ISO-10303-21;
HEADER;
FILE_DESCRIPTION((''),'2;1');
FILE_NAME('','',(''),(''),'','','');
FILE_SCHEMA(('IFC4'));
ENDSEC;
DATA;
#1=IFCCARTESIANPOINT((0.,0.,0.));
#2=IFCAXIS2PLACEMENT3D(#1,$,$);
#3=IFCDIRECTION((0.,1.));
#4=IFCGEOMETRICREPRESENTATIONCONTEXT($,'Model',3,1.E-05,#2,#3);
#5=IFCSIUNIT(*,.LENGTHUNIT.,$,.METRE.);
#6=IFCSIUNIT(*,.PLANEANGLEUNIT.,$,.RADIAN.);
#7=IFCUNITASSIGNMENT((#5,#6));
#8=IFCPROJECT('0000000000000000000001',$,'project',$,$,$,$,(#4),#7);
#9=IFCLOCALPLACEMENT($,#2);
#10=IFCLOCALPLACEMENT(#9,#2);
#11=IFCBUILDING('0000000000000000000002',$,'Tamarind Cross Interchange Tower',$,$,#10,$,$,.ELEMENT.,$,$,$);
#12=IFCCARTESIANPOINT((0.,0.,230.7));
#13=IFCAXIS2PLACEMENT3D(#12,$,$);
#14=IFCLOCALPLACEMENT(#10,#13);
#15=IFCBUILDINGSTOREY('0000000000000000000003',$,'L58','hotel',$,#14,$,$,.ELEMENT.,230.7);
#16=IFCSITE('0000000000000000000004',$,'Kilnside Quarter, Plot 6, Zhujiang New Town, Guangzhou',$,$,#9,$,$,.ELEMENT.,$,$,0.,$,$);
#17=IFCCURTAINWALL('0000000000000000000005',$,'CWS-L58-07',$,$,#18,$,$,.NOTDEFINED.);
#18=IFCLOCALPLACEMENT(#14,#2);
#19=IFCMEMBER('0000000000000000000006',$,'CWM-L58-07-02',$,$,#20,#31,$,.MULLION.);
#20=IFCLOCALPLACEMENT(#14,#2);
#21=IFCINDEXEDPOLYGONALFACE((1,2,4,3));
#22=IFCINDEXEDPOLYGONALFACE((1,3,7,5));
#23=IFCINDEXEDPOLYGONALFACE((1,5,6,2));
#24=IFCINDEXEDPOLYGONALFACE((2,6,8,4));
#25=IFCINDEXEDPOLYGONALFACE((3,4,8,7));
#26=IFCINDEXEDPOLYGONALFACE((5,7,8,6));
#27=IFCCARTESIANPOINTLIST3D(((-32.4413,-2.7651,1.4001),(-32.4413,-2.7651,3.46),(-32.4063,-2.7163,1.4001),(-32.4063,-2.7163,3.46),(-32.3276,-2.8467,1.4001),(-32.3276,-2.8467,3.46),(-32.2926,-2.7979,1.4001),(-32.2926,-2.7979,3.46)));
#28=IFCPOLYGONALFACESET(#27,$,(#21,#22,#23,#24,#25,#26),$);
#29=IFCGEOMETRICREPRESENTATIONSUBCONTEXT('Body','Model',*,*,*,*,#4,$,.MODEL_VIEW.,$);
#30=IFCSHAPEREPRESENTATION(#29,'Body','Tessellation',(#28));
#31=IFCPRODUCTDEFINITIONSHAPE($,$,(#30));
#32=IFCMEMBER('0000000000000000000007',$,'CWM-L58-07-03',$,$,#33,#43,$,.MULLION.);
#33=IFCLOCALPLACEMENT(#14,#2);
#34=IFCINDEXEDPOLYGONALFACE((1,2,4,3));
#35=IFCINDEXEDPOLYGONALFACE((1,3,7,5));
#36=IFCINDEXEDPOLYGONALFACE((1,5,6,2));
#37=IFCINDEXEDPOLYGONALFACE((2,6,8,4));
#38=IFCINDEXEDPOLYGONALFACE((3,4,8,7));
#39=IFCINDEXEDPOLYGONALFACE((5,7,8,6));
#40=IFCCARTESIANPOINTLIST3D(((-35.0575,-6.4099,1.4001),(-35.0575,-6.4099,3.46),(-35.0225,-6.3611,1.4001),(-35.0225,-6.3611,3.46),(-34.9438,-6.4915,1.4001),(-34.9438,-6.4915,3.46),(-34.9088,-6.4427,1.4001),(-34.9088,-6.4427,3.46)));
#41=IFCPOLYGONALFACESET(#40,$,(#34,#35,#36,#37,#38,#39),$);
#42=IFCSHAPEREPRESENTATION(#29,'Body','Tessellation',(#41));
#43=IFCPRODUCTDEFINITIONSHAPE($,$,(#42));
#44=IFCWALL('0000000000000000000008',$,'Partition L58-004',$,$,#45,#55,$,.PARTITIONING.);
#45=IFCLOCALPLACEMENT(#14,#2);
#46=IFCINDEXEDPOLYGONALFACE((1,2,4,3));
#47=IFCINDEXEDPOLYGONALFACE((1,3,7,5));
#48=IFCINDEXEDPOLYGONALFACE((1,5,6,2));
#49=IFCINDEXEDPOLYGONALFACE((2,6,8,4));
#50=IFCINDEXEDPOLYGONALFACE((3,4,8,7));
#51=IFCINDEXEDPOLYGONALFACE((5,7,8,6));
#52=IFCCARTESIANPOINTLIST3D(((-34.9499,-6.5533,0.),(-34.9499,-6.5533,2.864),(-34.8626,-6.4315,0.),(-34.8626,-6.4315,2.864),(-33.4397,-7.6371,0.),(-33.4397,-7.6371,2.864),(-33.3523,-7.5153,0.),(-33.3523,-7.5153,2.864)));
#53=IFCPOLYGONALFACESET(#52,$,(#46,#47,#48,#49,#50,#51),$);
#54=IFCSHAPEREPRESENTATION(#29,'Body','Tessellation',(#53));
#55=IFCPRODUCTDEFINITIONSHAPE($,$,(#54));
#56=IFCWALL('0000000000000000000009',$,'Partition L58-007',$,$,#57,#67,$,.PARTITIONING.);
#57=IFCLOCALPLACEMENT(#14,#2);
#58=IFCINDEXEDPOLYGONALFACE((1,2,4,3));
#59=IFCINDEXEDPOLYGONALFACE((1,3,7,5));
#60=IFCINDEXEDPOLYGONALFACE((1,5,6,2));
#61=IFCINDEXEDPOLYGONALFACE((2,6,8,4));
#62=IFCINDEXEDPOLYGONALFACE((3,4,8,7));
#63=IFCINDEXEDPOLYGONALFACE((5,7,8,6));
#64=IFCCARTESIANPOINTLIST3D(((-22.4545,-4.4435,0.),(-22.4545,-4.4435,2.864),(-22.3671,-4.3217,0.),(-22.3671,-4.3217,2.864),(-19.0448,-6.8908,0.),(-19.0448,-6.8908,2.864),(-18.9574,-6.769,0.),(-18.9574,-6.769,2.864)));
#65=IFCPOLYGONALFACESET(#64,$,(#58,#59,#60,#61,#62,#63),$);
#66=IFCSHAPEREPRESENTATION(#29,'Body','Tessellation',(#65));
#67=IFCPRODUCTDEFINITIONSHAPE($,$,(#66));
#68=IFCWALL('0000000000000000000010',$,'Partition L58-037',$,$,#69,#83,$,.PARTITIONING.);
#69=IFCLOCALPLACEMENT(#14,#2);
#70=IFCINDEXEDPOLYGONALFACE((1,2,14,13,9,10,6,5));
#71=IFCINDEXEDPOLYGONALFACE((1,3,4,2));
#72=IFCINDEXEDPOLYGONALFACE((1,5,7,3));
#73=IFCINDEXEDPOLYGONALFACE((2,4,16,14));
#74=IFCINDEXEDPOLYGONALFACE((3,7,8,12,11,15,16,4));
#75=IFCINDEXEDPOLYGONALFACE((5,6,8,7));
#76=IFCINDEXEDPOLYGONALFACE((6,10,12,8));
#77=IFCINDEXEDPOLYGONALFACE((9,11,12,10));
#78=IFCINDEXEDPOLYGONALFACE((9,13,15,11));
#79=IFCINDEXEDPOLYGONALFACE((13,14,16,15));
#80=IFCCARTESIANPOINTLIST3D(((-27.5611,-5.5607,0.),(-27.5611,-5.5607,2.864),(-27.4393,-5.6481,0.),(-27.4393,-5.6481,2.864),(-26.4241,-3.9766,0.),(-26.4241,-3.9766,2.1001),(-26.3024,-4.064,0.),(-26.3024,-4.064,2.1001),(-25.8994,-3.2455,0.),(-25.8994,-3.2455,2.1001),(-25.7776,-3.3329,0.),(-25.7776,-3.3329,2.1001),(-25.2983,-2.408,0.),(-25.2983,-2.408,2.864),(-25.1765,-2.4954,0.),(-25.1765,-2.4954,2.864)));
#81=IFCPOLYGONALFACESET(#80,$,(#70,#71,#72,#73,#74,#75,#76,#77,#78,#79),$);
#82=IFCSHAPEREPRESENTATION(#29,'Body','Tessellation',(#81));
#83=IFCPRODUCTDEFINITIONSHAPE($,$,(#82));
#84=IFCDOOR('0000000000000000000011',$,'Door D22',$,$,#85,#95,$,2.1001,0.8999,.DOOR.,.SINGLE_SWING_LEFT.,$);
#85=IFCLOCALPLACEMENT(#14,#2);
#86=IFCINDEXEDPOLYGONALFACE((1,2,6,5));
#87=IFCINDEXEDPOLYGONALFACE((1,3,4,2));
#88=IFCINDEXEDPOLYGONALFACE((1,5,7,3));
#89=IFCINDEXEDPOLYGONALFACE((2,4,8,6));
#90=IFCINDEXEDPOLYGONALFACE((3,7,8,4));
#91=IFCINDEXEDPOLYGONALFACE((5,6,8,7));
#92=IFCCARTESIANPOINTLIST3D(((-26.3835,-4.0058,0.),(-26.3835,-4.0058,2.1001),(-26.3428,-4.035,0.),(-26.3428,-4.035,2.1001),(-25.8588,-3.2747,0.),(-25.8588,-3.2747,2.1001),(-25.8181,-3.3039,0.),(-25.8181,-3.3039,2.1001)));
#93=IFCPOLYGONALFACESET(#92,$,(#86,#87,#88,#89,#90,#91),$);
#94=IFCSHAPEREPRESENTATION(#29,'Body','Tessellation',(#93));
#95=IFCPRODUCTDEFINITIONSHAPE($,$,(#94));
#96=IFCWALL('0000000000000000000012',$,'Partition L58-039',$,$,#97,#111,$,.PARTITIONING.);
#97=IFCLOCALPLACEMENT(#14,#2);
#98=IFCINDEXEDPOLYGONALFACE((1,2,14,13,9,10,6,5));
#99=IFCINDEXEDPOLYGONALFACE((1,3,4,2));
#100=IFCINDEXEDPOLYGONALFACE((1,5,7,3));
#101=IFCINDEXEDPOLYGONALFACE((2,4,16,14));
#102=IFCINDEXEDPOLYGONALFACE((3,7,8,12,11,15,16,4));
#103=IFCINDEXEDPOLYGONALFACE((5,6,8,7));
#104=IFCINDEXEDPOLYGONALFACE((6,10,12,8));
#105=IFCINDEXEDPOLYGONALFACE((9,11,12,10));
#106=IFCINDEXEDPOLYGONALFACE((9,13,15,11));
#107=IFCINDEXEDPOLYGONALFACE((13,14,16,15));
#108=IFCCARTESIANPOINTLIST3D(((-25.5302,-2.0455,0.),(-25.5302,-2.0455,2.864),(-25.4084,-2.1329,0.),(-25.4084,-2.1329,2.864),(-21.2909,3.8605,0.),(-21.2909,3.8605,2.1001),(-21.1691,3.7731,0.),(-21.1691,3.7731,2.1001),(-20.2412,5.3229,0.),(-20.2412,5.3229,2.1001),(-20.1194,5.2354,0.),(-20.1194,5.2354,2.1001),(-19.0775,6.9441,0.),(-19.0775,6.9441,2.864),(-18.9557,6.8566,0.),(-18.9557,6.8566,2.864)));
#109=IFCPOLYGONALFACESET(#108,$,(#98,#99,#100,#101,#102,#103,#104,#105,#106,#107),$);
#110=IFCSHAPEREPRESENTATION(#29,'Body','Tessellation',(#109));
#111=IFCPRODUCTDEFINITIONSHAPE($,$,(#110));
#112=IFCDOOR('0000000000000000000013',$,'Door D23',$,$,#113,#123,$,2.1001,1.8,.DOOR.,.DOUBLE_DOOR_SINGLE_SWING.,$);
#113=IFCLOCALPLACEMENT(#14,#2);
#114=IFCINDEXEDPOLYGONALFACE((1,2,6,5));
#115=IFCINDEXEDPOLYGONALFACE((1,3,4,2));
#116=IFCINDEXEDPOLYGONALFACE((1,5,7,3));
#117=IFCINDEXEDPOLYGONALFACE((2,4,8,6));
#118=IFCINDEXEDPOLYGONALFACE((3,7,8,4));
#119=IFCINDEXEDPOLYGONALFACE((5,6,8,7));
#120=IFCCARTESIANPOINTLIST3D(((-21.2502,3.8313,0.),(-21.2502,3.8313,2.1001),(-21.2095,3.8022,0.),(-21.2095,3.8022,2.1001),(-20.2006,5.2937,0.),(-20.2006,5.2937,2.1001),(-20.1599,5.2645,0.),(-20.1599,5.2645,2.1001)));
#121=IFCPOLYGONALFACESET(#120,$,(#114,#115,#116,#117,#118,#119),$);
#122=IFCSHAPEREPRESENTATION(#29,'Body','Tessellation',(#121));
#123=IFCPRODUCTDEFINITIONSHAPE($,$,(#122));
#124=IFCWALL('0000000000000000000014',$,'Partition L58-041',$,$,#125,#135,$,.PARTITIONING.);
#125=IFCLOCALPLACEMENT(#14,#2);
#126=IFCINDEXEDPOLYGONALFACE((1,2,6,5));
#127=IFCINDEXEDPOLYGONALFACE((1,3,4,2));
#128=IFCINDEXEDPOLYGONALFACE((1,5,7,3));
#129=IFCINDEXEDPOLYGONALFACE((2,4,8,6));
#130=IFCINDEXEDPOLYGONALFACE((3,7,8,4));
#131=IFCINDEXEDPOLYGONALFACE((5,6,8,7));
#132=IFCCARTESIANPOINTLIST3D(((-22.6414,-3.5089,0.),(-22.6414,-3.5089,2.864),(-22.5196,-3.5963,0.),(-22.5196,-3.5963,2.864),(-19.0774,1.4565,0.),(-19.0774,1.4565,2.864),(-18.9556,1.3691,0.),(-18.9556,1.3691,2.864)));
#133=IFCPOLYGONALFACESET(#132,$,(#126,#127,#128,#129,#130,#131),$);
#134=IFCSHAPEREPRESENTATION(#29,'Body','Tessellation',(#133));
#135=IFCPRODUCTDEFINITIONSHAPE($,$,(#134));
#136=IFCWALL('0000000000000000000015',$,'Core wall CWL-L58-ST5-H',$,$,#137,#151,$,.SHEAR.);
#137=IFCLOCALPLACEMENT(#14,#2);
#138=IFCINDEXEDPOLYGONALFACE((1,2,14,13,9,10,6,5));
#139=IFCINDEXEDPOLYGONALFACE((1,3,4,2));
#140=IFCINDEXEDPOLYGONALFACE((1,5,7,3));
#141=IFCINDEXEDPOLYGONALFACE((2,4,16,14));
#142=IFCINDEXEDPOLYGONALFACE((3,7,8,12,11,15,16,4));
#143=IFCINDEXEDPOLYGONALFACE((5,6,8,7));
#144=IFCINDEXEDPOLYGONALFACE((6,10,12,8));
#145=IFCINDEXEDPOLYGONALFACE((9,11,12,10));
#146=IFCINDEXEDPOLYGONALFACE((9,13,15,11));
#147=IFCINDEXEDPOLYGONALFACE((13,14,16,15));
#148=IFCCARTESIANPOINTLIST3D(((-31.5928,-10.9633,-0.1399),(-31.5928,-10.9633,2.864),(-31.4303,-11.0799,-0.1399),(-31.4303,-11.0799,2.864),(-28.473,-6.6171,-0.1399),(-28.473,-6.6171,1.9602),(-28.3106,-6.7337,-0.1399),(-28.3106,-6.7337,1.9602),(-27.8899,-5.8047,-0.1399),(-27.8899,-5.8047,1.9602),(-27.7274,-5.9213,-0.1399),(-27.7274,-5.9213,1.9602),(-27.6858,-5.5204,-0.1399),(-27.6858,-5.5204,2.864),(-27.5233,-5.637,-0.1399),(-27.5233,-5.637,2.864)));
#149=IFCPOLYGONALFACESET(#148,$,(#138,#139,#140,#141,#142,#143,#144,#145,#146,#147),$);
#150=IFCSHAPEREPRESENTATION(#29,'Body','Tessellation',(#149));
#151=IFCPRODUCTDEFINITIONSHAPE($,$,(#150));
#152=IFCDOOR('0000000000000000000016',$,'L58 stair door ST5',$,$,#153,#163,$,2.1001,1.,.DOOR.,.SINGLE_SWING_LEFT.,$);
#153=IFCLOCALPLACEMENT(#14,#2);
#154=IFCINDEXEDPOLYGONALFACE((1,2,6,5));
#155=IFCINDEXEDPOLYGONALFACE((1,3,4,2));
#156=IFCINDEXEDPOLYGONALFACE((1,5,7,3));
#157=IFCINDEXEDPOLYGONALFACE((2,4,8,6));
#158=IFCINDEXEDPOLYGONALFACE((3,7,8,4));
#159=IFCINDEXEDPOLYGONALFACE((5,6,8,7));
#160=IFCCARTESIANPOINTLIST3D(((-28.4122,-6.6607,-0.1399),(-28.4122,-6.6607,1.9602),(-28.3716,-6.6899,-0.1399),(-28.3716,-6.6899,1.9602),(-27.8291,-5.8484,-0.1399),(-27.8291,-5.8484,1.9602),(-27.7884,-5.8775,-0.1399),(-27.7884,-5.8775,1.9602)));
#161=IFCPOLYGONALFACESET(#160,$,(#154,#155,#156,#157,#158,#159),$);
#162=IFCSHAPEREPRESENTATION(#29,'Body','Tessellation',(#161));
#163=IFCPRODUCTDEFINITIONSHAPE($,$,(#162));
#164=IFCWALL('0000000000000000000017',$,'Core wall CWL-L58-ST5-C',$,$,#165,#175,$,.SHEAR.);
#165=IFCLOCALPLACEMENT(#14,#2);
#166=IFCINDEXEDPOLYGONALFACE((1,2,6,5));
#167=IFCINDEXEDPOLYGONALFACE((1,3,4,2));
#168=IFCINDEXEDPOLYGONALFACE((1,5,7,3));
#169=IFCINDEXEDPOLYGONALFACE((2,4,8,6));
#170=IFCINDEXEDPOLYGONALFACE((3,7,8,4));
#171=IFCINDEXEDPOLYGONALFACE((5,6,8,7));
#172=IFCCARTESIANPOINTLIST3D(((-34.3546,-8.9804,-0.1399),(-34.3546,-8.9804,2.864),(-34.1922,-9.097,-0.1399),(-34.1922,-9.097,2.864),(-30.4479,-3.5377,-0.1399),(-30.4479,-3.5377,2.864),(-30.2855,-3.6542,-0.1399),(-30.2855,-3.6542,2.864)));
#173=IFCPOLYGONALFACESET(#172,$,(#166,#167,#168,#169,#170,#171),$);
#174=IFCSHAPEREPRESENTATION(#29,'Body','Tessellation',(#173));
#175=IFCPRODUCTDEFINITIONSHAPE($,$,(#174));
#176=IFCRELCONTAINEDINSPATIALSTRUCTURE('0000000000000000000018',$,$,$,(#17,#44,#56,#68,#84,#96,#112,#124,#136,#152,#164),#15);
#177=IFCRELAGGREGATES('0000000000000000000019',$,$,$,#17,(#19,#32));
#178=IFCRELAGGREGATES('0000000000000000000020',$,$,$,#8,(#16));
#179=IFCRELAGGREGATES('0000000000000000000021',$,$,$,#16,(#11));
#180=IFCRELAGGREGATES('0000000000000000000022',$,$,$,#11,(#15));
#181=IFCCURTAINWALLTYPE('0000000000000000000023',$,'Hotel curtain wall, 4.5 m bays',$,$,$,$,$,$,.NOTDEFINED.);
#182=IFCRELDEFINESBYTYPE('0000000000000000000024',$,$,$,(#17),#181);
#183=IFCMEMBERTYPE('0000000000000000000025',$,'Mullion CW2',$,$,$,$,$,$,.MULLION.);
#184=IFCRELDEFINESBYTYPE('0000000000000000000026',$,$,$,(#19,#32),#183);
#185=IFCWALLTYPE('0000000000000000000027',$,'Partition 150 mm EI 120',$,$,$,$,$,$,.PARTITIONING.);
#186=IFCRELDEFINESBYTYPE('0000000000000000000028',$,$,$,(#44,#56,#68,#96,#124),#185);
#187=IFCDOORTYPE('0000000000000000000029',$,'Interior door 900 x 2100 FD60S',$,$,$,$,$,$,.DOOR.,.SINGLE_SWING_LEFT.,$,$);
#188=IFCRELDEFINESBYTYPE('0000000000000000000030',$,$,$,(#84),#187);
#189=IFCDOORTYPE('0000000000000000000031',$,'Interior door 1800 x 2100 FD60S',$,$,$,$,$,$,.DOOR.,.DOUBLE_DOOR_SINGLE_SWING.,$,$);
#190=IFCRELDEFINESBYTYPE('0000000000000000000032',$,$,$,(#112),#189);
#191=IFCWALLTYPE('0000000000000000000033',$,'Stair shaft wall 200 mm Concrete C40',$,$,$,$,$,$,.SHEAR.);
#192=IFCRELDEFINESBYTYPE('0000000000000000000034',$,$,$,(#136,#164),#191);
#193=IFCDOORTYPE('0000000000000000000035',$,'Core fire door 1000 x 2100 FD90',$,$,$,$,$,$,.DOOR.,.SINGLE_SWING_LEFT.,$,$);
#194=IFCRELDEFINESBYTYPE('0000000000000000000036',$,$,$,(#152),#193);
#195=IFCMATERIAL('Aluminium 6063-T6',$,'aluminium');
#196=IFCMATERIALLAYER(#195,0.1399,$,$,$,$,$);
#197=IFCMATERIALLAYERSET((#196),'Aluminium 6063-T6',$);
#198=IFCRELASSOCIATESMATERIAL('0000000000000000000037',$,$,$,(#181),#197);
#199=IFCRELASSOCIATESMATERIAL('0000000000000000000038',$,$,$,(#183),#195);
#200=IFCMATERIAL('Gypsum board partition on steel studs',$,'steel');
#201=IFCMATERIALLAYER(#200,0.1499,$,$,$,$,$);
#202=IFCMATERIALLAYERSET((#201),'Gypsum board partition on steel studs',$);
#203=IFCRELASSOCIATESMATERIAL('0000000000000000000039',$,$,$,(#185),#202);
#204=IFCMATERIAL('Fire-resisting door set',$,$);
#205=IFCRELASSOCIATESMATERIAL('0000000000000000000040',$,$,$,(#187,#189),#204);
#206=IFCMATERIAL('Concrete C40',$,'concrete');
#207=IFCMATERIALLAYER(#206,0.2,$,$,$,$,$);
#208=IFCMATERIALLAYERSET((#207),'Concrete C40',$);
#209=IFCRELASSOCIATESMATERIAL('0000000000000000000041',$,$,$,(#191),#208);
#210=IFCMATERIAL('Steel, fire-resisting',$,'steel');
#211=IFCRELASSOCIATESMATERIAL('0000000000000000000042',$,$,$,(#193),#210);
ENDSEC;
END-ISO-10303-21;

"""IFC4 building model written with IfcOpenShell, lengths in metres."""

from ifc_helpers import new_model, si_unit, direction, frame, frame_2d, origin, origin_2d, place, context, subcontext, project, spatial, rectangle, extrude, material, layer, layer_set, material_profile, profile_set, type_object, element, fill, aggregate, save


model = new_model("IFC4")

# Units and contexts
model_context = context("Model", 3, precision=1e-05, world=origin(), true_north=direction((0.0, 1.0)))
body_context = subcontext(model_context, "Body", "Model", "MODEL_VIEW")
ifc_project = project(units=[si_unit("LENGTHUNIT", "METRE"), si_unit("PLANEANGLEUNIT", "RADIAN")], contexts=[model_context])

# Site, building, storey
site_placement = place(None, origin())
site = spatial("IfcSite", under=ifc_project, at=site_placement, Name="Kilnside Quarter, Plot 6, Zhujiang New Town, Guangzhou", CompositionType="ELEMENT", RefElevation=0.0)
building_placement = place(site_placement, origin())
building = spatial("IfcBuilding", under=site, at=building_placement, Name="Tamarind Cross Interchange Tower", CompositionType="ELEMENT")
storey_placement = place(building_placement, frame((0.0, 0.0, 230.7)))
storey = spatial("IfcBuildingStorey", under=building, at=storey_placement, Name="L58", Description="hotel", CompositionType="ELEMENT", Elevation=230.7)

# Curtain wall, members
ifc_material_1 = material(Name="Aluminium 6063-T6", Category="aluminium")
ifc_layer_1 = layer(ifc_material_1, 0.1399)
ifc_layer_set_1 = layer_set([ifc_layer_1], Name="Aluminium 6063-T6")
curtain_wall_type = type_object("IfcCurtainWallType", Name="Hotel curtain wall, 4.5 m bays", PredefinedType="NOTDEFINED", material=ifc_layer_set_1)
curtain_wall_placement = place(storey_placement, origin())
curtain_wall = element("IfcCurtainWall", 1, at=curtain_wall_placement, inside=storey, type_object=curtain_wall_type, Name="CWS-L58-07", PredefinedType="NOTDEFINED")
ifc_material_profile_1 = material_profile(ifc_material_1, rectangle(XDim=0.0601, YDim=0.1399, at=origin_2d()), Name="Mullion CW2")
ifc_profile_set_1 = profile_set([ifc_material_profile_1], Name="Aluminium 6063-T6")
member_type = type_object("IfcMemberType", Name="Mullion CW2", PredefinedType="MULLION", material=ifc_profile_set_1)
member_1_placement = place(storey_placement, frame((-32.3669, -2.7815, 1.4001), z_axis=(0.0, 0.0, 1.0), x_axis=(-0.583122, -0.812385, 0.0)))
member_1 = element("IfcMember", 2, at=member_1_placement, type_object=member_type, Name="CWM-L58-07-02", PredefinedType="MULLION", context=body_context, shape_type="SweptSolid", body=[
    extrude(rectangle(XDim=0.0601, YDim=0.1399, at=origin_2d()), origin(), (0.0, 0.0, 1.0), 2.0598),
])
member_2_placement = place(storey_placement, frame((-34.9832, -6.4263, 1.4001), z_axis=(0.0, 0.0, 1.0), x_axis=(-0.583122, -0.812385, 0.0)))
member_2 = element("IfcMember", 3, at=member_2_placement, type_object=member_type, Name="CWM-L58-07-03", PredefinedType="MULLION", context=body_context, shape_type="SweptSolid", body=[
    extrude(rectangle(XDim=0.0601, YDim=0.1399, at=origin_2d()), origin(), (0.0, 0.0, 1.0), 2.0598),
])
aggregate(curtain_wall, [member_1, member_2])

# Walls
ifc_material_2 = material(Name="Gypsum board partition on steel studs", Category="steel")
ifc_layer_2 = layer(ifc_material_2, 0.1499)
ifc_layer_set_2 = layer_set([ifc_layer_2], Name="Gypsum board partition on steel studs")
wall_type_1 = type_object("IfcWallType", Name="Partition 150 mm EI 120", PredefinedType="PARTITIONING", material=ifc_layer_set_2)
wall_1_placement = place(storey_placement, frame((-34.9062, -6.4924, 0.0), z_axis=(0.0, 0.0, 1.0), x_axis=(0.812463, -0.583013, 0.0)))
element("IfcWall", 4, at=wall_1_placement, inside=storey, type_object=wall_type_1, Name="Partition L58-004", PredefinedType="PARTITIONING", context=body_context, shape_type="SweptSolid", body=[
    extrude(rectangle(XDim=1.8589, YDim=0.1499, at=frame_2d((0.9294, 0.0))), origin(), (0.0, 0.0, 1.0), 2.864),
])
wall_2_placement = place(storey_placement, frame((-22.4109, -4.3826, 0.0), z_axis=(0.0, 0.0, 1.0), x_axis=(0.812403, -0.583097, 0.0)))
element("IfcWall", 5, at=wall_2_placement, inside=storey, type_object=wall_type_1, Name="Partition L58-007", PredefinedType="PARTITIONING", context=body_context, shape_type="SweptSolid", body=[
    extrude(rectangle(XDim=4.197, YDim=0.1499, at=frame_2d((2.0986, 0.0))), origin(), (0.0, 0.0, 1.0), 2.864),
])

# Walls, openings, doors
wall_3_placement = place(storey_placement, frame((-27.5002, -5.6045, 0.0), z_axis=(0.0, 0.0, 1.0), x_axis=(0.583088, 0.812409, 0.0)))
wall_3 = element("IfcWall", 6, at=wall_3_placement, inside=storey, type_object=wall_type_1, Name="Partition L58-037", PredefinedType="PARTITIONING", context=body_context, shape_type="SweptSolid", body=[
    extrude(rectangle(XDim=3.8806, YDim=0.1499, at=frame_2d((1.9404, 0.0))), origin(), (0.0, 0.0, 1.0), 2.864),
])
opening_1_placement = place(wall_3_placement, frame((1.95, 0.0, 0.0)))
opening_1 = element("IfcOpeningElement", 7, at=opening_1_placement, cuts=wall_3, PredefinedType="OPENING", context=body_context, shape_type="SweptSolid", body=[
    extrude(rectangle(XDim=0.8999, YDim=2.1001, at=frame_2d((0.45, 1.05))), frame((0.0, 0.085, 0.0), z_axis=(0.0, -1.0, 0.0), x_axis=(1.0, 0.0, 0.0)), (0.0, 0.0, 1.0), 0.1699),
])
ifc_material_3 = material(Name="Fire-resisting door set")
door_type_1 = type_object("IfcDoorType", Name="Interior door 900 x 2100 FD60S", OperationType="SINGLE_SWING_LEFT", PredefinedType="DOOR", material=ifc_material_3)
door_1_placement = place(opening_1_placement, origin())
door_1 = element("IfcDoor", 8, at=door_1_placement, inside=storey, type_object=door_type_1, Name="Door D22", OperationType="SINGLE_SWING_LEFT", OverallHeight=2.1001, OverallWidth=0.8999, PredefinedType="DOOR", context=body_context, shape_type="SweptSolid", body=[
    extrude(rectangle(XDim=0.8999, YDim=2.1001, at=frame_2d((0.45, 1.05))), frame((0.0, 0.0249, 0.0), z_axis=(0.0, -1.0, 0.0), x_axis=(1.0, 0.0, 0.0)), (0.0, 0.0, 1.0), 0.05),
])
fill(opening_1, door_1)
wall_4_placement = place(storey_placement, frame((-25.4692, -2.0891, 0.0), z_axis=(0.0, 0.0, 1.0), x_axis=(0.583125, 0.812382, 0.0)))
wall_4 = element("IfcWall", 9, at=wall_4_placement, inside=storey, type_object=wall_type_1, Name="Partition L58-039", PredefinedType="PARTITIONING", context=body_context, shape_type="SweptSolid", body=[
    extrude(rectangle(XDim=11.0657, YDim=0.1499, at=frame_2d((5.5327, 0.0))), origin(), (0.0, 0.0, 1.0), 2.864),
])
opening_2_placement = place(wall_4_placement, frame((7.27, 0.0, 0.0)))
opening_2 = element("IfcOpeningElement", 10, at=opening_2_placement, cuts=wall_4, PredefinedType="OPENING", context=body_context, shape_type="SweptSolid", body=[
    extrude(rectangle(XDim=1.8, YDim=2.1001, at=frame_2d((0.8999, 1.05))), frame((0.0, 0.085, 0.0), z_axis=(0.0, -1.0, 0.0), x_axis=(1.0, 0.0, 0.0)), (0.0, 0.0, 1.0), 0.1699),
])
door_type_2 = type_object("IfcDoorType", Name="Interior door 1800 x 2100 FD60S", OperationType="DOUBLE_DOOR_SINGLE_SWING", PredefinedType="DOOR", material=ifc_material_3)
door_2_placement = place(opening_2_placement, origin())
door_2 = element("IfcDoor", 11, at=door_2_placement, inside=storey, type_object=door_type_2, Name="Door D23", OperationType="DOUBLE_DOOR_SINGLE_SWING", OverallHeight=2.1001, OverallWidth=1.8, PredefinedType="DOOR", context=body_context, shape_type="SweptSolid", body=[
    extrude(rectangle(XDim=1.8, YDim=2.1001, at=frame_2d((0.8999, 1.05))), frame((0.0, 0.0249, 0.0), z_axis=(0.0, -1.0, 0.0), x_axis=(1.0, 0.0, 0.0)), (0.0, 0.0, 1.0), 0.05),
])
fill(opening_2, door_2)

# Wall
wall_5_placement = place(storey_placement, frame((-22.5806, -3.5527, 0.0), z_axis=(0.0, 0.0, 1.0), x_axis=(0.583111, 0.812393, 0.0)))
element("IfcWall", 12, at=wall_5_placement, inside=storey, type_object=wall_type_1, Name="Partition L58-041", PredefinedType="PARTITIONING", context=body_context, shape_type="SweptSolid", body=[
    extrude(rectangle(XDim=6.1121, YDim=0.1499, at=frame_2d((3.0562, 0.0))), origin(), (0.0, 0.0, 1.0), 2.864),
])

# Wall, opening, door
ifc_material_4 = material(Name="Concrete C40", Category="concrete")
ifc_layer_3 = layer(ifc_material_4, 0.2)
ifc_layer_set_3 = layer_set([ifc_layer_3], Name="Concrete C40")
wall_type_2 = type_object("IfcWallType", Name="Stair shaft wall 200 mm Concrete C40", PredefinedType="SHEAR", material=ifc_layer_set_3)
wall_6_placement = place(storey_placement, frame((-27.6045, -5.5786, -0.1399), z_axis=(0.0, 0.0, 1.0), x_axis=(-0.583136, -0.812375, 0.0)))
wall_6 = element("IfcWall", 13, at=wall_6_placement, inside=storey, type_object=wall_type_2, Name="Core wall CWL-L58-ST5-H", PredefinedType="SHEAR", context=body_context, shape_type="SweptSolid", body=[
    extrude(rectangle(XDim=6.7, YDim=0.2, at=frame_2d((3.3501, 0.0))), origin(), (0.0, 0.0, 1.0), 3.0039),
])
opening_3_placement = place(wall_6_placement, frame((0.3501, 0.0, 0.0)))
opening_3 = element("IfcOpeningElement", 14, at=opening_3_placement, cuts=wall_6, PredefinedType="OPENING", context=body_context, shape_type="SweptSolid", body=[
    extrude(rectangle(XDim=1.0, YDim=2.1001, at=frame_2d((0.5, 1.05))), frame((0.0, 0.1099, 0.0), z_axis=(0.0, -1.0, 0.0), x_axis=(1.0, 0.0, 0.0)), (0.0, 0.0, 1.0), 0.22),
])
ifc_material_5 = material(Name="Steel, fire-resisting", Category="steel")
door_type_3 = type_object("IfcDoorType", Name="Core fire door 1000 x 2100 FD90", OperationType="SINGLE_SWING_LEFT", PredefinedType="DOOR", material=ifc_material_5)
door_3_placement = place(opening_3_placement, origin())
door_3 = element("IfcDoor", 15, at=door_3_placement, inside=storey, type_object=door_type_3, Name="L58 stair door ST5", OperationType="SINGLE_SWING_LEFT", OverallHeight=2.1001, OverallWidth=1.0, PredefinedType="DOOR", context=body_context, shape_type="SweptSolid", body=[
    extrude(rectangle(XDim=1.0, YDim=2.1001, at=frame_2d((0.5, 1.05))), frame((0.0, 0.0249, 0.0), z_axis=(0.0, -1.0, 0.0), x_axis=(1.0, 0.0, 0.0)), (0.0, 0.0, 1.0), 0.05),
])
fill(opening_3, door_3)

# Wall
wall_7_placement = place(storey_placement, frame((-30.3667, -3.5959, -0.1399), z_axis=(0.0, 0.0, 1.0), x_axis=(-0.583112, -0.812392, 0.0)))
element("IfcWall", 16, at=wall_7_placement, inside=storey, type_object=wall_type_2, Name="Core wall CWL-L58-ST5-C", PredefinedType="SHEAR", context=body_context, shape_type="SweptSolid", body=[
    extrude(rectangle(XDim=6.6997, YDim=0.2, at=frame_2d((3.3499, 0.0))), origin(), (0.0, 0.0, 1.0), 3.0039),
])

save(model, "model.ifc")
